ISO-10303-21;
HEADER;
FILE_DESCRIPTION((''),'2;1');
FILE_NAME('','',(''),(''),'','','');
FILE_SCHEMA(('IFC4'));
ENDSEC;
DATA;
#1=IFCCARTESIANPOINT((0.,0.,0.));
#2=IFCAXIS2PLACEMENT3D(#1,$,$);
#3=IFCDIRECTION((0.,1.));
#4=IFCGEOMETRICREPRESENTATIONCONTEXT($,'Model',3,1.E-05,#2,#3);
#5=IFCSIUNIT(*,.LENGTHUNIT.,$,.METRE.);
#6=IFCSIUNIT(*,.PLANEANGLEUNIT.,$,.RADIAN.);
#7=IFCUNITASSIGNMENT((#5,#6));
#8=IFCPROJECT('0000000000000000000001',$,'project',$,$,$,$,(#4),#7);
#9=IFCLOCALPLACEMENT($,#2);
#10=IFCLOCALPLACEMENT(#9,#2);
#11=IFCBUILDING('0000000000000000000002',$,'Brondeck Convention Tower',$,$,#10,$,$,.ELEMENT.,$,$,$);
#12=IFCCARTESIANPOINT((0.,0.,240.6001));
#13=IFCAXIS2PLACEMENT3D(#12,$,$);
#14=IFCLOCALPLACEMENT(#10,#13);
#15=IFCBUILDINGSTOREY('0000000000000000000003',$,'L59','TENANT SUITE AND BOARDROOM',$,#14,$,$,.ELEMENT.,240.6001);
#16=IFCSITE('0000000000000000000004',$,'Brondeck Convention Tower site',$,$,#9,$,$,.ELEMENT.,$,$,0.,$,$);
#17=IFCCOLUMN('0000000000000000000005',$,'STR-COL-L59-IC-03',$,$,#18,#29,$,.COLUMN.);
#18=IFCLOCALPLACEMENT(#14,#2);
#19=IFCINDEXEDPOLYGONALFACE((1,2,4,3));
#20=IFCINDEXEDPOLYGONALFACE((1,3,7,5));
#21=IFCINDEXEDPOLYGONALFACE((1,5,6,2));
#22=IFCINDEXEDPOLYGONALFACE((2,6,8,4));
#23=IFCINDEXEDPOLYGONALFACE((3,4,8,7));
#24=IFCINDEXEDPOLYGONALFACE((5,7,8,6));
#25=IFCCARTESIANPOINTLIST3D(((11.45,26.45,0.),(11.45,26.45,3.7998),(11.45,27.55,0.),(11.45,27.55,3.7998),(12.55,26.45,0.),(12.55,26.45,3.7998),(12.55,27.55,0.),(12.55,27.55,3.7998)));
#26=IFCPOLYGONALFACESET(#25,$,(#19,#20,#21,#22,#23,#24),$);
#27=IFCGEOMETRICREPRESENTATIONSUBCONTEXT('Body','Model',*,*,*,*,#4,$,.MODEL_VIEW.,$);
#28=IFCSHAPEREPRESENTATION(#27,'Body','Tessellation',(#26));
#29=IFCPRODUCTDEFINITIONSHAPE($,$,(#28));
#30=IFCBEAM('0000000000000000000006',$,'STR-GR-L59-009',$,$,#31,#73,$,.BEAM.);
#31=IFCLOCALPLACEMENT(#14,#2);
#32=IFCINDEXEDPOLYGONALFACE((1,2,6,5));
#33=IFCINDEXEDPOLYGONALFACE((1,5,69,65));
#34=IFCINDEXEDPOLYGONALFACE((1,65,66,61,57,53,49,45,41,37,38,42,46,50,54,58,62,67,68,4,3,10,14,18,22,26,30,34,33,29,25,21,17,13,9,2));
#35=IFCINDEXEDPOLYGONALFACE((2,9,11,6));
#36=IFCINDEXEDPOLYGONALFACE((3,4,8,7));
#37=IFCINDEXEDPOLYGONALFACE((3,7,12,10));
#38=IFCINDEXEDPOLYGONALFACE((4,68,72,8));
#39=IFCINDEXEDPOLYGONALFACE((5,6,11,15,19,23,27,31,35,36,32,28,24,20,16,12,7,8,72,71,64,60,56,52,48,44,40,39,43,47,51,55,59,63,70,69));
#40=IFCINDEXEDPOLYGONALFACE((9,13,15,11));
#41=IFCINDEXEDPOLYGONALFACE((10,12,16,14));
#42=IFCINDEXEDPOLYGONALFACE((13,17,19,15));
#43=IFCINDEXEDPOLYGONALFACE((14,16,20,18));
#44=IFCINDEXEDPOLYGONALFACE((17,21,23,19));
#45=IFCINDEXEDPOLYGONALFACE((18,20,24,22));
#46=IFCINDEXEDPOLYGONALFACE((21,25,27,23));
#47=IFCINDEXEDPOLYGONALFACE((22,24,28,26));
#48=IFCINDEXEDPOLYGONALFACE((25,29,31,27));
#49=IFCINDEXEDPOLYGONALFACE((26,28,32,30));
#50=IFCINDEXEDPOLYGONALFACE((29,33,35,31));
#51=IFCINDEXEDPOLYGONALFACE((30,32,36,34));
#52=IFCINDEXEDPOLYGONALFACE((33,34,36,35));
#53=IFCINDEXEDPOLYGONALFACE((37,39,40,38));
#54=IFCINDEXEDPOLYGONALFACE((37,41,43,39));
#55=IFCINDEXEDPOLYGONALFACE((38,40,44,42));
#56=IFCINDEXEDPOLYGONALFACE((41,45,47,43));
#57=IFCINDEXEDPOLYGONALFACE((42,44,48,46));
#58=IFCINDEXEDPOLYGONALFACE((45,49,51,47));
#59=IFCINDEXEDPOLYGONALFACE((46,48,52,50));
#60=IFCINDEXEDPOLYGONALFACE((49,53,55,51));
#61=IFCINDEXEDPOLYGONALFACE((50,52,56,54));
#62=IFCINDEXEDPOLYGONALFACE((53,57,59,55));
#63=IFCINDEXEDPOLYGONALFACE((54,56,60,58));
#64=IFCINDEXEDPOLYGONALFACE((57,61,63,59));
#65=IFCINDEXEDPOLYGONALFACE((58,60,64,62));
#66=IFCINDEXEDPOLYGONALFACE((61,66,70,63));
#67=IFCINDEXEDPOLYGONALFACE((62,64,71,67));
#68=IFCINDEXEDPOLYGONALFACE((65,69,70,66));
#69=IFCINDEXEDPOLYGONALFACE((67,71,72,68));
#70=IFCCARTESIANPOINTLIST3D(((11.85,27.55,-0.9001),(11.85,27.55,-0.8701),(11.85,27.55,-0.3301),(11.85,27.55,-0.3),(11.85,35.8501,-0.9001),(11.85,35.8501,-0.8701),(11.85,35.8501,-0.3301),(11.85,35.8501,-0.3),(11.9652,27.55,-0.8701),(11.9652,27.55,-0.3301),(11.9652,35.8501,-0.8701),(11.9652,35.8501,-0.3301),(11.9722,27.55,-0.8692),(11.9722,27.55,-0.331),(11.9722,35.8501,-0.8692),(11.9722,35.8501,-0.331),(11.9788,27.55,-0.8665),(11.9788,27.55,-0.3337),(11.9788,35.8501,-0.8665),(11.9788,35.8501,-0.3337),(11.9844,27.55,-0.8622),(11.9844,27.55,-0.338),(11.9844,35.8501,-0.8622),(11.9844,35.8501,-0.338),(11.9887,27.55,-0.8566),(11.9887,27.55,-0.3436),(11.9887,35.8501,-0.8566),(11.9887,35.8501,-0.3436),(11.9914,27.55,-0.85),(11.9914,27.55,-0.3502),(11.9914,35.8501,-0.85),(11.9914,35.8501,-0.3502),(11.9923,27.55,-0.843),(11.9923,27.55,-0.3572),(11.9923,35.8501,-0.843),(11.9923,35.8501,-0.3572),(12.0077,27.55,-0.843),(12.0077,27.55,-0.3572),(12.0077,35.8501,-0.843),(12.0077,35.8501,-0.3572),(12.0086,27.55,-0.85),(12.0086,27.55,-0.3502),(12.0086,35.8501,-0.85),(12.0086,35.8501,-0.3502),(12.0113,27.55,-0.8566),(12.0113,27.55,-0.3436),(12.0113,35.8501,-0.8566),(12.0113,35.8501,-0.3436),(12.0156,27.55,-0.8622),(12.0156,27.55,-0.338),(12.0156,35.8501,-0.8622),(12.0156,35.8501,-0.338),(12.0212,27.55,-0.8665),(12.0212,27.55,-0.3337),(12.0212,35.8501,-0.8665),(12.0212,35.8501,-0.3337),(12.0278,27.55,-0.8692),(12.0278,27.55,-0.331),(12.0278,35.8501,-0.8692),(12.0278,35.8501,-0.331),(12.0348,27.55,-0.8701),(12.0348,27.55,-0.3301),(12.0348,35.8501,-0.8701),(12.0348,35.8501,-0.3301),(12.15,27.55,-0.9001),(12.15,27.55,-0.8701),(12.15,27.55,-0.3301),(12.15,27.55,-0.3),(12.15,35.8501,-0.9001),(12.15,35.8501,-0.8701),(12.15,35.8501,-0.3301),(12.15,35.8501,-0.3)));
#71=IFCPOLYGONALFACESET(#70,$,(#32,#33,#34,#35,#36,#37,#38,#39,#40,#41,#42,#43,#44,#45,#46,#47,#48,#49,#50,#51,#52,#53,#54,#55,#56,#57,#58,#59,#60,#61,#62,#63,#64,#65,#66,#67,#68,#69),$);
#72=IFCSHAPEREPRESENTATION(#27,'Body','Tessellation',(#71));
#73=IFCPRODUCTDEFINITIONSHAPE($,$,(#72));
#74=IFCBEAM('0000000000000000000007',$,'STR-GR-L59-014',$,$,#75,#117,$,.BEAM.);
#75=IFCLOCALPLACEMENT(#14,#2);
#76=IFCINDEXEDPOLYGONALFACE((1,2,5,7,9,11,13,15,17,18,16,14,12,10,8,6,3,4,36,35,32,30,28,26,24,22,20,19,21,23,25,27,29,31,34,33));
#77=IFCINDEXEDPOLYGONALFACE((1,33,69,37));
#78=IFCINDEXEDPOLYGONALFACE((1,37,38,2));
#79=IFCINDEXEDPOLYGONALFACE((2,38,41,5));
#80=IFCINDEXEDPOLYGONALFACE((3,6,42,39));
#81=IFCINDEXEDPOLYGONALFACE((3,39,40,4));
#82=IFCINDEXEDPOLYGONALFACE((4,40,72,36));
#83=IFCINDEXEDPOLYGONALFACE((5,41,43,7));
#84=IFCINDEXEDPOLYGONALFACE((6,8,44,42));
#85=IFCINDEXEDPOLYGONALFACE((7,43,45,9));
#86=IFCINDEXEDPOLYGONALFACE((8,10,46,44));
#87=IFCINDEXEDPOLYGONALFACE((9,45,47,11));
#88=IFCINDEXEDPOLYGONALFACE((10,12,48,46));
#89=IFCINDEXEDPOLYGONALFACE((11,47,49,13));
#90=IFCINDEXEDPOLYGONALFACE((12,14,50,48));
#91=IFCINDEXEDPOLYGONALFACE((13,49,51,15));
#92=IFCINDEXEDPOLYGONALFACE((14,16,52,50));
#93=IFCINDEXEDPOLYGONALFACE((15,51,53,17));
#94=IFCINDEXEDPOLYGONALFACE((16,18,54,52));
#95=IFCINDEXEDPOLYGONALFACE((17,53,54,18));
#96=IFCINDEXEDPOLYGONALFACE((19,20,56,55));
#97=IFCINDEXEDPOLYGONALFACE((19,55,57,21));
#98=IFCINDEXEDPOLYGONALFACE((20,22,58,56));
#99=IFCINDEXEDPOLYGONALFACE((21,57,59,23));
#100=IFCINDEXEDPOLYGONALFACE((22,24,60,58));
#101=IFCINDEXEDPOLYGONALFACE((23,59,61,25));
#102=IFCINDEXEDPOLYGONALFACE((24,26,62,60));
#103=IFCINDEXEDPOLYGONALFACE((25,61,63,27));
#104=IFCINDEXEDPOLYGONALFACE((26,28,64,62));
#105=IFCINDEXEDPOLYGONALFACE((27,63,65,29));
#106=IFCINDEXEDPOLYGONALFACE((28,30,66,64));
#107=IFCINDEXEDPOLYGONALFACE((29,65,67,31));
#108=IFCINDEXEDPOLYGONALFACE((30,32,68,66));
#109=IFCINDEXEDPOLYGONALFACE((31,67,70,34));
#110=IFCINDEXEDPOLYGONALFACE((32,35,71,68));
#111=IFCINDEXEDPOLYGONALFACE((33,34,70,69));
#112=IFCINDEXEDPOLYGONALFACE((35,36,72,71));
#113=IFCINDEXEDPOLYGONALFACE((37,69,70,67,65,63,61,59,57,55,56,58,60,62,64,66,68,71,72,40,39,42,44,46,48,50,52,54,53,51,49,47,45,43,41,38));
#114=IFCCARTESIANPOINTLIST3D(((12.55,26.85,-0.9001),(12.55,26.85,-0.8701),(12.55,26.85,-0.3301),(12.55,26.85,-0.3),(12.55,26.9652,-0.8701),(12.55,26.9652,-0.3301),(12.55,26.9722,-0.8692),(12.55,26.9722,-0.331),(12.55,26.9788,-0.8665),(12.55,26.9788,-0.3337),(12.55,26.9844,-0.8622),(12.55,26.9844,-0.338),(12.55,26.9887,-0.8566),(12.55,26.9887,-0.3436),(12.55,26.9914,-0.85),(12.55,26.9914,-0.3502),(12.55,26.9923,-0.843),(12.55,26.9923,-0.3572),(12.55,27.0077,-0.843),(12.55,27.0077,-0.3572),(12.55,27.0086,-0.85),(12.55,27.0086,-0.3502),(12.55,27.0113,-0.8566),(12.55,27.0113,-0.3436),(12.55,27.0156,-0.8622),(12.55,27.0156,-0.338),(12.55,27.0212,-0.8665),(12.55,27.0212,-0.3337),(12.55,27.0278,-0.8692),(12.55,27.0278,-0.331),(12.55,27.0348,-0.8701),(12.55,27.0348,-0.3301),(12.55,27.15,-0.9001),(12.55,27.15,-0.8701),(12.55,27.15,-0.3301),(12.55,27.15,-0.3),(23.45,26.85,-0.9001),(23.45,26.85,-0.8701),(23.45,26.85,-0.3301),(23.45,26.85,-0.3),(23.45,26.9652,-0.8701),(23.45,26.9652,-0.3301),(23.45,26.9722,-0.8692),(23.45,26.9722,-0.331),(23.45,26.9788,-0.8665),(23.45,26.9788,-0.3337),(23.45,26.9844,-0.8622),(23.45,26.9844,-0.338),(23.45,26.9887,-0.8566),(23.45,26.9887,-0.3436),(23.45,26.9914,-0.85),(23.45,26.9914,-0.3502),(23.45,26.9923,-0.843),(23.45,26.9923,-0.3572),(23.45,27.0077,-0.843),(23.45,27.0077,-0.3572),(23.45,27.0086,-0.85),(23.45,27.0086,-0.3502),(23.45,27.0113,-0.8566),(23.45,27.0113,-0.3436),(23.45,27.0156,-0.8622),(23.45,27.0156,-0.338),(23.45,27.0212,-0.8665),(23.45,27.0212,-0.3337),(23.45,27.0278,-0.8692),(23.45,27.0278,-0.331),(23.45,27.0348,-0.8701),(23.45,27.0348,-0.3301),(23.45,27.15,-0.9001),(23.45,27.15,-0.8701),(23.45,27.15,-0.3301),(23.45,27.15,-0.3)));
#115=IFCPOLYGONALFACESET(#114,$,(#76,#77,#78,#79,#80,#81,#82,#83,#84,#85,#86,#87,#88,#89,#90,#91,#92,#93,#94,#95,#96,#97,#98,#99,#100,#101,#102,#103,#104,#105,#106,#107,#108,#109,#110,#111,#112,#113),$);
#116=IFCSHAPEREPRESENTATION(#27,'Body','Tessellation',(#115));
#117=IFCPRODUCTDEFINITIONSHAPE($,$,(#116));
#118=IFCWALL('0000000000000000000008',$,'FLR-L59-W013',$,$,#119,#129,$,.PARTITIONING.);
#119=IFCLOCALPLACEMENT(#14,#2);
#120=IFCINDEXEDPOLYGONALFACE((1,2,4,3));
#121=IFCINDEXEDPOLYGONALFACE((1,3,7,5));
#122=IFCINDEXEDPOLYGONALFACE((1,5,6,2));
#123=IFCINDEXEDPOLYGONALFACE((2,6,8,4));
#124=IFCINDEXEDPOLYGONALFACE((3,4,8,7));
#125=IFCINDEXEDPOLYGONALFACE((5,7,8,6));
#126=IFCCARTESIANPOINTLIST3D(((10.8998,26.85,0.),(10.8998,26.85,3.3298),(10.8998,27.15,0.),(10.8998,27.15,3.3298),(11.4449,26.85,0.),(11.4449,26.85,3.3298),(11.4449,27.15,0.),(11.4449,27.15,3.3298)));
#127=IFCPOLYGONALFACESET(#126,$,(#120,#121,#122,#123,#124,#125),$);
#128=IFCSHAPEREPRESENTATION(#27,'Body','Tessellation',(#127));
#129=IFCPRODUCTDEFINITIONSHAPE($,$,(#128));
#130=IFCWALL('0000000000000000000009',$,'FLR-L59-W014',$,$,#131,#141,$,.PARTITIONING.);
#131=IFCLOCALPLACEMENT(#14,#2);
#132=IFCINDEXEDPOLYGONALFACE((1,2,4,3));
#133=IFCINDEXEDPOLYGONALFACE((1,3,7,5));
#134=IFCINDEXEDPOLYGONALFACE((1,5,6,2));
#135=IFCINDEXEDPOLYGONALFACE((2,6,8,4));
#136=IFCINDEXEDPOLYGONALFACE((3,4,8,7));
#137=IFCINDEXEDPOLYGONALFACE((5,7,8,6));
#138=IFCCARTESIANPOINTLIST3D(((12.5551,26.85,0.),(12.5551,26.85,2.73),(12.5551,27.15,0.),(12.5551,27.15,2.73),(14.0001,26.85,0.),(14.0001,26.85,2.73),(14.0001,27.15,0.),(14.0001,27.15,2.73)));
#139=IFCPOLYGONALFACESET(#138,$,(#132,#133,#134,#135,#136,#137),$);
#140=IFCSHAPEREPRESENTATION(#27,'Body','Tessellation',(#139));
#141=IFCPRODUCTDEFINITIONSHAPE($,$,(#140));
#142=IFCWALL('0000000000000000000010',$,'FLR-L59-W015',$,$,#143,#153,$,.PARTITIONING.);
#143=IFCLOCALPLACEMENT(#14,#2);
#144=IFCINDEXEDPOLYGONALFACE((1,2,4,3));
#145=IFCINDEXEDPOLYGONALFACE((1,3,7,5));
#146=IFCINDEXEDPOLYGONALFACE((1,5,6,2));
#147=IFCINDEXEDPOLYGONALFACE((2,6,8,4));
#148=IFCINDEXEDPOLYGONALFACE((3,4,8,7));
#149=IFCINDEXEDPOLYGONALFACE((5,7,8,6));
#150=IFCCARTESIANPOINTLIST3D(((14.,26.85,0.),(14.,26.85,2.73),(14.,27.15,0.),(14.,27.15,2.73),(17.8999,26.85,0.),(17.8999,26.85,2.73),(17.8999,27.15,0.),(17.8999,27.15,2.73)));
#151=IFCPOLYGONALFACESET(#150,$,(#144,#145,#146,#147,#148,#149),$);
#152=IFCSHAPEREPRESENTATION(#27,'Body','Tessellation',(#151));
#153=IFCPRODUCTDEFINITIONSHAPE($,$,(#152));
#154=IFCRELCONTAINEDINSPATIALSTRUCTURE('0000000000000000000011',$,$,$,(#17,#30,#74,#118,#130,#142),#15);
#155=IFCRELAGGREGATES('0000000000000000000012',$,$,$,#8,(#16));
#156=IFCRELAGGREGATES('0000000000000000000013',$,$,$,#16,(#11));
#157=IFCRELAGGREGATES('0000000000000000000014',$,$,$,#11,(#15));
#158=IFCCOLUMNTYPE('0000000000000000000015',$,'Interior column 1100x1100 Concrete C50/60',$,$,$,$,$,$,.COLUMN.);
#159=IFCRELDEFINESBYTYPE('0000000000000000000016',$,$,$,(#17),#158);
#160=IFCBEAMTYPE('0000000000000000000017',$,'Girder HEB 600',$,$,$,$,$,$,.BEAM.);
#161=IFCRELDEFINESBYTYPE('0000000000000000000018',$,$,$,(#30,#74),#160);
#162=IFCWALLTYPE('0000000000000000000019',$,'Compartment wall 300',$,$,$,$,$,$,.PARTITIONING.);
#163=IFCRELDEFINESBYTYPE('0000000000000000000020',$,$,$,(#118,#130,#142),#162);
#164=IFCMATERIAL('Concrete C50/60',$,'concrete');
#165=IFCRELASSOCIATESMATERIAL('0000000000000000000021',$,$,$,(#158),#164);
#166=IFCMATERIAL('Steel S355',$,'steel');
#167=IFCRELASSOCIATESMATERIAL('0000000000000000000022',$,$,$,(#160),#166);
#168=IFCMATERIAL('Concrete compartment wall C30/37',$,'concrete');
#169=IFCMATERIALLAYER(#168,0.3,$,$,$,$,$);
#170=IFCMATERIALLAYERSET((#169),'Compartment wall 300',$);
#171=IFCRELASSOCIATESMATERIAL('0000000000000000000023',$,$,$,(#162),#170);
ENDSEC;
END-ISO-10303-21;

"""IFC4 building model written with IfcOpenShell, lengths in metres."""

from ifc_helpers import new_model, si_unit, direction, frame, frame_2d, origin, origin_2d, place, context, subcontext, project, spatial, rectangle, i_section, extrude, material, layer, layer_set, material_profile, profile_set, type_object, element, save


model = new_model("IFC4")

# Units and contexts
model_context = context("Model", 3, precision=1e-05, world=origin(), true_north=direction((0.0, 1.0)))
body_context = subcontext(model_context, "Body", "Model", "MODEL_VIEW")
ifc_project = project(units=[si_unit("LENGTHUNIT", "METRE"), si_unit("PLANEANGLEUNIT", "RADIAN")], contexts=[model_context])

# Site, building, storey
site_placement = place(None, origin())
site = spatial("IfcSite", under=ifc_project, at=site_placement, Name="Brondeck Convention Tower site", CompositionType="ELEMENT", RefElevation=0.0)
building_placement = place(site_placement, origin())
building = spatial("IfcBuilding", under=site, at=building_placement, Name="Brondeck Convention Tower", CompositionType="ELEMENT")
storey_placement = place(building_placement, frame((0.0, 0.0, 240.6001)))
storey = spatial("IfcBuildingStorey", under=building, at=storey_placement, Name="L59", Description="TENANT SUITE AND BOARDROOM", CompositionType="ELEMENT", Elevation=240.6001)

# Column
ifc_material_1 = material(Name="Concrete C50/60", Category="concrete")
ifc_material_profile_1 = material_profile(ifc_material_1, rectangle(XDim=1.1001, YDim=1.1001, at=origin_2d()), Name="Interior column 1100x1100 Concrete C50/60")
ifc_profile_set_1 = profile_set([ifc_material_profile_1], Name="Concrete C50/60")
column_type = type_object("IfcColumnType", Name="Interior column 1100x1100 Concrete C50/60", PredefinedType="COLUMN", material=ifc_profile_set_1)
column_placement = place(storey_placement, frame((12.0, 27.0, 0.0), z_axis=(0.0, 0.0, 1.0), x_axis=(1.0, 0.0, 0.0)))
element("IfcColumn", 1, at=column_placement, inside=storey, type_object=column_type, Name="STR-COL-L59-IC-03", PredefinedType="COLUMN", context=body_context, shape_type="SweptSolid", body=[
    extrude(rectangle(XDim=1.1001, YDim=1.1001, at=origin_2d()), origin(), (0.0, 0.0, 1.0), 3.7998),
])

# Beams
ifc_material_2 = material(Name="Steel S355", Category="steel")
ifc_material_profile_2 = material_profile(ifc_material_2, i_section(OverallWidth=0.3, OverallDepth=0.6001, WebThickness=0.0154, FlangeThickness=0.03, FilletRadius=0.0271, at=origin_2d()), Name="HEB 600")
ifc_profile_set_2 = profile_set([ifc_material_profile_2], Name="Steel S355")
beam_type = type_object("IfcBeamType", Name="Girder HEB 600", PredefinedType="BEAM", material=ifc_profile_set_2)
beam_1_placement = place(storey_placement, frame((12.0, 35.8501, -0.6001), z_axis=(0.0, -1.0, 0.0), x_axis=(1.0, 0.0, 0.0)))
element("IfcBeam", 2, at=beam_1_placement, inside=storey, type_object=beam_type, Name="STR-GR-L59-009", PredefinedType="BEAM", context=body_context, shape_type="SweptSolid", body=[
    extrude(i_section(OverallWidth=0.3, OverallDepth=0.6001, WebThickness=0.0154, FlangeThickness=0.03, FilletRadius=0.0271, at=origin_2d()), origin(), (0.0, 0.0, 1.0), 8.3),
])
beam_2_placement = place(storey_placement, frame((12.55, 27.0, -0.6001), z_axis=(1.0, 0.0, 0.0), x_axis=(0.0, 1.0, 0.0)))
element("IfcBeam", 3, at=beam_2_placement, inside=storey, type_object=beam_type, Name="STR-GR-L59-014", PredefinedType="BEAM", context=body_context, shape_type="SweptSolid", body=[
    extrude(i_section(OverallWidth=0.3, OverallDepth=0.6001, WebThickness=0.0154, FlangeThickness=0.03, FilletRadius=0.0271, at=origin_2d()), origin(), (0.0, 0.0, 1.0), 10.8999),
])

# Walls
ifc_material_3 = material(Name="Concrete compartment wall C30/37", Category="concrete")
ifc_layer_1 = layer(ifc_material_3, 0.3)
ifc_layer_set_1 = layer_set([ifc_layer_1], Name="Compartment wall 300")
wall_type_1 = type_object("IfcWallType", Name="Compartment wall 300", PredefinedType="PARTITIONING", material=ifc_layer_set_1)
wall_1_placement = place(storey_placement, frame((10.8999, 27.0, 0.0), z_axis=(0.0, 0.0, 1.0), x_axis=(1.0, 0.0, 0.0)))
element("IfcWall", 4, at=wall_1_placement, inside=storey, type_object=wall_type_1, Name="FLR-L59-W013", PredefinedType="PARTITIONING", context=body_context, shape_type="SweptSolid", body=[
    extrude(rectangle(XDim=0.5452, YDim=0.3, at=frame_2d((0.2725, 0.0))), origin(), (0.0, 0.0, 1.0), 3.3298),
])
wall_2_placement = place(storey_placement, frame((12.5549, 27.0, 0.0), z_axis=(0.0, 0.0, 1.0), x_axis=(1.0, 0.0, 0.0)))
element("IfcWall", 5, at=wall_2_placement, inside=storey, type_object=wall_type_1, Name="FLR-L59-W014", PredefinedType="PARTITIONING", context=body_context, shape_type="SweptSolid", body=[
    extrude(rectangle(XDim=1.4451, YDim=0.3, at=frame_2d((0.7227, 0.0))), origin(), (0.0, 0.0, 1.0), 2.73),
])
wall_3_placement = place(storey_placement, frame((14.0, 27.0, 0.0), z_axis=(0.0, 0.0, 1.0), x_axis=(1.0, 0.0, 0.0)))
element("IfcWall", 6, at=wall_3_placement, inside=storey, type_object=wall_type_1, Name="FLR-L59-W015", PredefinedType="PARTITIONING", context=body_context, shape_type="SweptSolid", body=[
    extrude(rectangle(XDim=3.8999, YDim=0.3, at=frame_2d((1.95, 0.0))), origin(), (0.0, 0.0, 1.0), 2.73),
])

save(model, "model.ifc")
